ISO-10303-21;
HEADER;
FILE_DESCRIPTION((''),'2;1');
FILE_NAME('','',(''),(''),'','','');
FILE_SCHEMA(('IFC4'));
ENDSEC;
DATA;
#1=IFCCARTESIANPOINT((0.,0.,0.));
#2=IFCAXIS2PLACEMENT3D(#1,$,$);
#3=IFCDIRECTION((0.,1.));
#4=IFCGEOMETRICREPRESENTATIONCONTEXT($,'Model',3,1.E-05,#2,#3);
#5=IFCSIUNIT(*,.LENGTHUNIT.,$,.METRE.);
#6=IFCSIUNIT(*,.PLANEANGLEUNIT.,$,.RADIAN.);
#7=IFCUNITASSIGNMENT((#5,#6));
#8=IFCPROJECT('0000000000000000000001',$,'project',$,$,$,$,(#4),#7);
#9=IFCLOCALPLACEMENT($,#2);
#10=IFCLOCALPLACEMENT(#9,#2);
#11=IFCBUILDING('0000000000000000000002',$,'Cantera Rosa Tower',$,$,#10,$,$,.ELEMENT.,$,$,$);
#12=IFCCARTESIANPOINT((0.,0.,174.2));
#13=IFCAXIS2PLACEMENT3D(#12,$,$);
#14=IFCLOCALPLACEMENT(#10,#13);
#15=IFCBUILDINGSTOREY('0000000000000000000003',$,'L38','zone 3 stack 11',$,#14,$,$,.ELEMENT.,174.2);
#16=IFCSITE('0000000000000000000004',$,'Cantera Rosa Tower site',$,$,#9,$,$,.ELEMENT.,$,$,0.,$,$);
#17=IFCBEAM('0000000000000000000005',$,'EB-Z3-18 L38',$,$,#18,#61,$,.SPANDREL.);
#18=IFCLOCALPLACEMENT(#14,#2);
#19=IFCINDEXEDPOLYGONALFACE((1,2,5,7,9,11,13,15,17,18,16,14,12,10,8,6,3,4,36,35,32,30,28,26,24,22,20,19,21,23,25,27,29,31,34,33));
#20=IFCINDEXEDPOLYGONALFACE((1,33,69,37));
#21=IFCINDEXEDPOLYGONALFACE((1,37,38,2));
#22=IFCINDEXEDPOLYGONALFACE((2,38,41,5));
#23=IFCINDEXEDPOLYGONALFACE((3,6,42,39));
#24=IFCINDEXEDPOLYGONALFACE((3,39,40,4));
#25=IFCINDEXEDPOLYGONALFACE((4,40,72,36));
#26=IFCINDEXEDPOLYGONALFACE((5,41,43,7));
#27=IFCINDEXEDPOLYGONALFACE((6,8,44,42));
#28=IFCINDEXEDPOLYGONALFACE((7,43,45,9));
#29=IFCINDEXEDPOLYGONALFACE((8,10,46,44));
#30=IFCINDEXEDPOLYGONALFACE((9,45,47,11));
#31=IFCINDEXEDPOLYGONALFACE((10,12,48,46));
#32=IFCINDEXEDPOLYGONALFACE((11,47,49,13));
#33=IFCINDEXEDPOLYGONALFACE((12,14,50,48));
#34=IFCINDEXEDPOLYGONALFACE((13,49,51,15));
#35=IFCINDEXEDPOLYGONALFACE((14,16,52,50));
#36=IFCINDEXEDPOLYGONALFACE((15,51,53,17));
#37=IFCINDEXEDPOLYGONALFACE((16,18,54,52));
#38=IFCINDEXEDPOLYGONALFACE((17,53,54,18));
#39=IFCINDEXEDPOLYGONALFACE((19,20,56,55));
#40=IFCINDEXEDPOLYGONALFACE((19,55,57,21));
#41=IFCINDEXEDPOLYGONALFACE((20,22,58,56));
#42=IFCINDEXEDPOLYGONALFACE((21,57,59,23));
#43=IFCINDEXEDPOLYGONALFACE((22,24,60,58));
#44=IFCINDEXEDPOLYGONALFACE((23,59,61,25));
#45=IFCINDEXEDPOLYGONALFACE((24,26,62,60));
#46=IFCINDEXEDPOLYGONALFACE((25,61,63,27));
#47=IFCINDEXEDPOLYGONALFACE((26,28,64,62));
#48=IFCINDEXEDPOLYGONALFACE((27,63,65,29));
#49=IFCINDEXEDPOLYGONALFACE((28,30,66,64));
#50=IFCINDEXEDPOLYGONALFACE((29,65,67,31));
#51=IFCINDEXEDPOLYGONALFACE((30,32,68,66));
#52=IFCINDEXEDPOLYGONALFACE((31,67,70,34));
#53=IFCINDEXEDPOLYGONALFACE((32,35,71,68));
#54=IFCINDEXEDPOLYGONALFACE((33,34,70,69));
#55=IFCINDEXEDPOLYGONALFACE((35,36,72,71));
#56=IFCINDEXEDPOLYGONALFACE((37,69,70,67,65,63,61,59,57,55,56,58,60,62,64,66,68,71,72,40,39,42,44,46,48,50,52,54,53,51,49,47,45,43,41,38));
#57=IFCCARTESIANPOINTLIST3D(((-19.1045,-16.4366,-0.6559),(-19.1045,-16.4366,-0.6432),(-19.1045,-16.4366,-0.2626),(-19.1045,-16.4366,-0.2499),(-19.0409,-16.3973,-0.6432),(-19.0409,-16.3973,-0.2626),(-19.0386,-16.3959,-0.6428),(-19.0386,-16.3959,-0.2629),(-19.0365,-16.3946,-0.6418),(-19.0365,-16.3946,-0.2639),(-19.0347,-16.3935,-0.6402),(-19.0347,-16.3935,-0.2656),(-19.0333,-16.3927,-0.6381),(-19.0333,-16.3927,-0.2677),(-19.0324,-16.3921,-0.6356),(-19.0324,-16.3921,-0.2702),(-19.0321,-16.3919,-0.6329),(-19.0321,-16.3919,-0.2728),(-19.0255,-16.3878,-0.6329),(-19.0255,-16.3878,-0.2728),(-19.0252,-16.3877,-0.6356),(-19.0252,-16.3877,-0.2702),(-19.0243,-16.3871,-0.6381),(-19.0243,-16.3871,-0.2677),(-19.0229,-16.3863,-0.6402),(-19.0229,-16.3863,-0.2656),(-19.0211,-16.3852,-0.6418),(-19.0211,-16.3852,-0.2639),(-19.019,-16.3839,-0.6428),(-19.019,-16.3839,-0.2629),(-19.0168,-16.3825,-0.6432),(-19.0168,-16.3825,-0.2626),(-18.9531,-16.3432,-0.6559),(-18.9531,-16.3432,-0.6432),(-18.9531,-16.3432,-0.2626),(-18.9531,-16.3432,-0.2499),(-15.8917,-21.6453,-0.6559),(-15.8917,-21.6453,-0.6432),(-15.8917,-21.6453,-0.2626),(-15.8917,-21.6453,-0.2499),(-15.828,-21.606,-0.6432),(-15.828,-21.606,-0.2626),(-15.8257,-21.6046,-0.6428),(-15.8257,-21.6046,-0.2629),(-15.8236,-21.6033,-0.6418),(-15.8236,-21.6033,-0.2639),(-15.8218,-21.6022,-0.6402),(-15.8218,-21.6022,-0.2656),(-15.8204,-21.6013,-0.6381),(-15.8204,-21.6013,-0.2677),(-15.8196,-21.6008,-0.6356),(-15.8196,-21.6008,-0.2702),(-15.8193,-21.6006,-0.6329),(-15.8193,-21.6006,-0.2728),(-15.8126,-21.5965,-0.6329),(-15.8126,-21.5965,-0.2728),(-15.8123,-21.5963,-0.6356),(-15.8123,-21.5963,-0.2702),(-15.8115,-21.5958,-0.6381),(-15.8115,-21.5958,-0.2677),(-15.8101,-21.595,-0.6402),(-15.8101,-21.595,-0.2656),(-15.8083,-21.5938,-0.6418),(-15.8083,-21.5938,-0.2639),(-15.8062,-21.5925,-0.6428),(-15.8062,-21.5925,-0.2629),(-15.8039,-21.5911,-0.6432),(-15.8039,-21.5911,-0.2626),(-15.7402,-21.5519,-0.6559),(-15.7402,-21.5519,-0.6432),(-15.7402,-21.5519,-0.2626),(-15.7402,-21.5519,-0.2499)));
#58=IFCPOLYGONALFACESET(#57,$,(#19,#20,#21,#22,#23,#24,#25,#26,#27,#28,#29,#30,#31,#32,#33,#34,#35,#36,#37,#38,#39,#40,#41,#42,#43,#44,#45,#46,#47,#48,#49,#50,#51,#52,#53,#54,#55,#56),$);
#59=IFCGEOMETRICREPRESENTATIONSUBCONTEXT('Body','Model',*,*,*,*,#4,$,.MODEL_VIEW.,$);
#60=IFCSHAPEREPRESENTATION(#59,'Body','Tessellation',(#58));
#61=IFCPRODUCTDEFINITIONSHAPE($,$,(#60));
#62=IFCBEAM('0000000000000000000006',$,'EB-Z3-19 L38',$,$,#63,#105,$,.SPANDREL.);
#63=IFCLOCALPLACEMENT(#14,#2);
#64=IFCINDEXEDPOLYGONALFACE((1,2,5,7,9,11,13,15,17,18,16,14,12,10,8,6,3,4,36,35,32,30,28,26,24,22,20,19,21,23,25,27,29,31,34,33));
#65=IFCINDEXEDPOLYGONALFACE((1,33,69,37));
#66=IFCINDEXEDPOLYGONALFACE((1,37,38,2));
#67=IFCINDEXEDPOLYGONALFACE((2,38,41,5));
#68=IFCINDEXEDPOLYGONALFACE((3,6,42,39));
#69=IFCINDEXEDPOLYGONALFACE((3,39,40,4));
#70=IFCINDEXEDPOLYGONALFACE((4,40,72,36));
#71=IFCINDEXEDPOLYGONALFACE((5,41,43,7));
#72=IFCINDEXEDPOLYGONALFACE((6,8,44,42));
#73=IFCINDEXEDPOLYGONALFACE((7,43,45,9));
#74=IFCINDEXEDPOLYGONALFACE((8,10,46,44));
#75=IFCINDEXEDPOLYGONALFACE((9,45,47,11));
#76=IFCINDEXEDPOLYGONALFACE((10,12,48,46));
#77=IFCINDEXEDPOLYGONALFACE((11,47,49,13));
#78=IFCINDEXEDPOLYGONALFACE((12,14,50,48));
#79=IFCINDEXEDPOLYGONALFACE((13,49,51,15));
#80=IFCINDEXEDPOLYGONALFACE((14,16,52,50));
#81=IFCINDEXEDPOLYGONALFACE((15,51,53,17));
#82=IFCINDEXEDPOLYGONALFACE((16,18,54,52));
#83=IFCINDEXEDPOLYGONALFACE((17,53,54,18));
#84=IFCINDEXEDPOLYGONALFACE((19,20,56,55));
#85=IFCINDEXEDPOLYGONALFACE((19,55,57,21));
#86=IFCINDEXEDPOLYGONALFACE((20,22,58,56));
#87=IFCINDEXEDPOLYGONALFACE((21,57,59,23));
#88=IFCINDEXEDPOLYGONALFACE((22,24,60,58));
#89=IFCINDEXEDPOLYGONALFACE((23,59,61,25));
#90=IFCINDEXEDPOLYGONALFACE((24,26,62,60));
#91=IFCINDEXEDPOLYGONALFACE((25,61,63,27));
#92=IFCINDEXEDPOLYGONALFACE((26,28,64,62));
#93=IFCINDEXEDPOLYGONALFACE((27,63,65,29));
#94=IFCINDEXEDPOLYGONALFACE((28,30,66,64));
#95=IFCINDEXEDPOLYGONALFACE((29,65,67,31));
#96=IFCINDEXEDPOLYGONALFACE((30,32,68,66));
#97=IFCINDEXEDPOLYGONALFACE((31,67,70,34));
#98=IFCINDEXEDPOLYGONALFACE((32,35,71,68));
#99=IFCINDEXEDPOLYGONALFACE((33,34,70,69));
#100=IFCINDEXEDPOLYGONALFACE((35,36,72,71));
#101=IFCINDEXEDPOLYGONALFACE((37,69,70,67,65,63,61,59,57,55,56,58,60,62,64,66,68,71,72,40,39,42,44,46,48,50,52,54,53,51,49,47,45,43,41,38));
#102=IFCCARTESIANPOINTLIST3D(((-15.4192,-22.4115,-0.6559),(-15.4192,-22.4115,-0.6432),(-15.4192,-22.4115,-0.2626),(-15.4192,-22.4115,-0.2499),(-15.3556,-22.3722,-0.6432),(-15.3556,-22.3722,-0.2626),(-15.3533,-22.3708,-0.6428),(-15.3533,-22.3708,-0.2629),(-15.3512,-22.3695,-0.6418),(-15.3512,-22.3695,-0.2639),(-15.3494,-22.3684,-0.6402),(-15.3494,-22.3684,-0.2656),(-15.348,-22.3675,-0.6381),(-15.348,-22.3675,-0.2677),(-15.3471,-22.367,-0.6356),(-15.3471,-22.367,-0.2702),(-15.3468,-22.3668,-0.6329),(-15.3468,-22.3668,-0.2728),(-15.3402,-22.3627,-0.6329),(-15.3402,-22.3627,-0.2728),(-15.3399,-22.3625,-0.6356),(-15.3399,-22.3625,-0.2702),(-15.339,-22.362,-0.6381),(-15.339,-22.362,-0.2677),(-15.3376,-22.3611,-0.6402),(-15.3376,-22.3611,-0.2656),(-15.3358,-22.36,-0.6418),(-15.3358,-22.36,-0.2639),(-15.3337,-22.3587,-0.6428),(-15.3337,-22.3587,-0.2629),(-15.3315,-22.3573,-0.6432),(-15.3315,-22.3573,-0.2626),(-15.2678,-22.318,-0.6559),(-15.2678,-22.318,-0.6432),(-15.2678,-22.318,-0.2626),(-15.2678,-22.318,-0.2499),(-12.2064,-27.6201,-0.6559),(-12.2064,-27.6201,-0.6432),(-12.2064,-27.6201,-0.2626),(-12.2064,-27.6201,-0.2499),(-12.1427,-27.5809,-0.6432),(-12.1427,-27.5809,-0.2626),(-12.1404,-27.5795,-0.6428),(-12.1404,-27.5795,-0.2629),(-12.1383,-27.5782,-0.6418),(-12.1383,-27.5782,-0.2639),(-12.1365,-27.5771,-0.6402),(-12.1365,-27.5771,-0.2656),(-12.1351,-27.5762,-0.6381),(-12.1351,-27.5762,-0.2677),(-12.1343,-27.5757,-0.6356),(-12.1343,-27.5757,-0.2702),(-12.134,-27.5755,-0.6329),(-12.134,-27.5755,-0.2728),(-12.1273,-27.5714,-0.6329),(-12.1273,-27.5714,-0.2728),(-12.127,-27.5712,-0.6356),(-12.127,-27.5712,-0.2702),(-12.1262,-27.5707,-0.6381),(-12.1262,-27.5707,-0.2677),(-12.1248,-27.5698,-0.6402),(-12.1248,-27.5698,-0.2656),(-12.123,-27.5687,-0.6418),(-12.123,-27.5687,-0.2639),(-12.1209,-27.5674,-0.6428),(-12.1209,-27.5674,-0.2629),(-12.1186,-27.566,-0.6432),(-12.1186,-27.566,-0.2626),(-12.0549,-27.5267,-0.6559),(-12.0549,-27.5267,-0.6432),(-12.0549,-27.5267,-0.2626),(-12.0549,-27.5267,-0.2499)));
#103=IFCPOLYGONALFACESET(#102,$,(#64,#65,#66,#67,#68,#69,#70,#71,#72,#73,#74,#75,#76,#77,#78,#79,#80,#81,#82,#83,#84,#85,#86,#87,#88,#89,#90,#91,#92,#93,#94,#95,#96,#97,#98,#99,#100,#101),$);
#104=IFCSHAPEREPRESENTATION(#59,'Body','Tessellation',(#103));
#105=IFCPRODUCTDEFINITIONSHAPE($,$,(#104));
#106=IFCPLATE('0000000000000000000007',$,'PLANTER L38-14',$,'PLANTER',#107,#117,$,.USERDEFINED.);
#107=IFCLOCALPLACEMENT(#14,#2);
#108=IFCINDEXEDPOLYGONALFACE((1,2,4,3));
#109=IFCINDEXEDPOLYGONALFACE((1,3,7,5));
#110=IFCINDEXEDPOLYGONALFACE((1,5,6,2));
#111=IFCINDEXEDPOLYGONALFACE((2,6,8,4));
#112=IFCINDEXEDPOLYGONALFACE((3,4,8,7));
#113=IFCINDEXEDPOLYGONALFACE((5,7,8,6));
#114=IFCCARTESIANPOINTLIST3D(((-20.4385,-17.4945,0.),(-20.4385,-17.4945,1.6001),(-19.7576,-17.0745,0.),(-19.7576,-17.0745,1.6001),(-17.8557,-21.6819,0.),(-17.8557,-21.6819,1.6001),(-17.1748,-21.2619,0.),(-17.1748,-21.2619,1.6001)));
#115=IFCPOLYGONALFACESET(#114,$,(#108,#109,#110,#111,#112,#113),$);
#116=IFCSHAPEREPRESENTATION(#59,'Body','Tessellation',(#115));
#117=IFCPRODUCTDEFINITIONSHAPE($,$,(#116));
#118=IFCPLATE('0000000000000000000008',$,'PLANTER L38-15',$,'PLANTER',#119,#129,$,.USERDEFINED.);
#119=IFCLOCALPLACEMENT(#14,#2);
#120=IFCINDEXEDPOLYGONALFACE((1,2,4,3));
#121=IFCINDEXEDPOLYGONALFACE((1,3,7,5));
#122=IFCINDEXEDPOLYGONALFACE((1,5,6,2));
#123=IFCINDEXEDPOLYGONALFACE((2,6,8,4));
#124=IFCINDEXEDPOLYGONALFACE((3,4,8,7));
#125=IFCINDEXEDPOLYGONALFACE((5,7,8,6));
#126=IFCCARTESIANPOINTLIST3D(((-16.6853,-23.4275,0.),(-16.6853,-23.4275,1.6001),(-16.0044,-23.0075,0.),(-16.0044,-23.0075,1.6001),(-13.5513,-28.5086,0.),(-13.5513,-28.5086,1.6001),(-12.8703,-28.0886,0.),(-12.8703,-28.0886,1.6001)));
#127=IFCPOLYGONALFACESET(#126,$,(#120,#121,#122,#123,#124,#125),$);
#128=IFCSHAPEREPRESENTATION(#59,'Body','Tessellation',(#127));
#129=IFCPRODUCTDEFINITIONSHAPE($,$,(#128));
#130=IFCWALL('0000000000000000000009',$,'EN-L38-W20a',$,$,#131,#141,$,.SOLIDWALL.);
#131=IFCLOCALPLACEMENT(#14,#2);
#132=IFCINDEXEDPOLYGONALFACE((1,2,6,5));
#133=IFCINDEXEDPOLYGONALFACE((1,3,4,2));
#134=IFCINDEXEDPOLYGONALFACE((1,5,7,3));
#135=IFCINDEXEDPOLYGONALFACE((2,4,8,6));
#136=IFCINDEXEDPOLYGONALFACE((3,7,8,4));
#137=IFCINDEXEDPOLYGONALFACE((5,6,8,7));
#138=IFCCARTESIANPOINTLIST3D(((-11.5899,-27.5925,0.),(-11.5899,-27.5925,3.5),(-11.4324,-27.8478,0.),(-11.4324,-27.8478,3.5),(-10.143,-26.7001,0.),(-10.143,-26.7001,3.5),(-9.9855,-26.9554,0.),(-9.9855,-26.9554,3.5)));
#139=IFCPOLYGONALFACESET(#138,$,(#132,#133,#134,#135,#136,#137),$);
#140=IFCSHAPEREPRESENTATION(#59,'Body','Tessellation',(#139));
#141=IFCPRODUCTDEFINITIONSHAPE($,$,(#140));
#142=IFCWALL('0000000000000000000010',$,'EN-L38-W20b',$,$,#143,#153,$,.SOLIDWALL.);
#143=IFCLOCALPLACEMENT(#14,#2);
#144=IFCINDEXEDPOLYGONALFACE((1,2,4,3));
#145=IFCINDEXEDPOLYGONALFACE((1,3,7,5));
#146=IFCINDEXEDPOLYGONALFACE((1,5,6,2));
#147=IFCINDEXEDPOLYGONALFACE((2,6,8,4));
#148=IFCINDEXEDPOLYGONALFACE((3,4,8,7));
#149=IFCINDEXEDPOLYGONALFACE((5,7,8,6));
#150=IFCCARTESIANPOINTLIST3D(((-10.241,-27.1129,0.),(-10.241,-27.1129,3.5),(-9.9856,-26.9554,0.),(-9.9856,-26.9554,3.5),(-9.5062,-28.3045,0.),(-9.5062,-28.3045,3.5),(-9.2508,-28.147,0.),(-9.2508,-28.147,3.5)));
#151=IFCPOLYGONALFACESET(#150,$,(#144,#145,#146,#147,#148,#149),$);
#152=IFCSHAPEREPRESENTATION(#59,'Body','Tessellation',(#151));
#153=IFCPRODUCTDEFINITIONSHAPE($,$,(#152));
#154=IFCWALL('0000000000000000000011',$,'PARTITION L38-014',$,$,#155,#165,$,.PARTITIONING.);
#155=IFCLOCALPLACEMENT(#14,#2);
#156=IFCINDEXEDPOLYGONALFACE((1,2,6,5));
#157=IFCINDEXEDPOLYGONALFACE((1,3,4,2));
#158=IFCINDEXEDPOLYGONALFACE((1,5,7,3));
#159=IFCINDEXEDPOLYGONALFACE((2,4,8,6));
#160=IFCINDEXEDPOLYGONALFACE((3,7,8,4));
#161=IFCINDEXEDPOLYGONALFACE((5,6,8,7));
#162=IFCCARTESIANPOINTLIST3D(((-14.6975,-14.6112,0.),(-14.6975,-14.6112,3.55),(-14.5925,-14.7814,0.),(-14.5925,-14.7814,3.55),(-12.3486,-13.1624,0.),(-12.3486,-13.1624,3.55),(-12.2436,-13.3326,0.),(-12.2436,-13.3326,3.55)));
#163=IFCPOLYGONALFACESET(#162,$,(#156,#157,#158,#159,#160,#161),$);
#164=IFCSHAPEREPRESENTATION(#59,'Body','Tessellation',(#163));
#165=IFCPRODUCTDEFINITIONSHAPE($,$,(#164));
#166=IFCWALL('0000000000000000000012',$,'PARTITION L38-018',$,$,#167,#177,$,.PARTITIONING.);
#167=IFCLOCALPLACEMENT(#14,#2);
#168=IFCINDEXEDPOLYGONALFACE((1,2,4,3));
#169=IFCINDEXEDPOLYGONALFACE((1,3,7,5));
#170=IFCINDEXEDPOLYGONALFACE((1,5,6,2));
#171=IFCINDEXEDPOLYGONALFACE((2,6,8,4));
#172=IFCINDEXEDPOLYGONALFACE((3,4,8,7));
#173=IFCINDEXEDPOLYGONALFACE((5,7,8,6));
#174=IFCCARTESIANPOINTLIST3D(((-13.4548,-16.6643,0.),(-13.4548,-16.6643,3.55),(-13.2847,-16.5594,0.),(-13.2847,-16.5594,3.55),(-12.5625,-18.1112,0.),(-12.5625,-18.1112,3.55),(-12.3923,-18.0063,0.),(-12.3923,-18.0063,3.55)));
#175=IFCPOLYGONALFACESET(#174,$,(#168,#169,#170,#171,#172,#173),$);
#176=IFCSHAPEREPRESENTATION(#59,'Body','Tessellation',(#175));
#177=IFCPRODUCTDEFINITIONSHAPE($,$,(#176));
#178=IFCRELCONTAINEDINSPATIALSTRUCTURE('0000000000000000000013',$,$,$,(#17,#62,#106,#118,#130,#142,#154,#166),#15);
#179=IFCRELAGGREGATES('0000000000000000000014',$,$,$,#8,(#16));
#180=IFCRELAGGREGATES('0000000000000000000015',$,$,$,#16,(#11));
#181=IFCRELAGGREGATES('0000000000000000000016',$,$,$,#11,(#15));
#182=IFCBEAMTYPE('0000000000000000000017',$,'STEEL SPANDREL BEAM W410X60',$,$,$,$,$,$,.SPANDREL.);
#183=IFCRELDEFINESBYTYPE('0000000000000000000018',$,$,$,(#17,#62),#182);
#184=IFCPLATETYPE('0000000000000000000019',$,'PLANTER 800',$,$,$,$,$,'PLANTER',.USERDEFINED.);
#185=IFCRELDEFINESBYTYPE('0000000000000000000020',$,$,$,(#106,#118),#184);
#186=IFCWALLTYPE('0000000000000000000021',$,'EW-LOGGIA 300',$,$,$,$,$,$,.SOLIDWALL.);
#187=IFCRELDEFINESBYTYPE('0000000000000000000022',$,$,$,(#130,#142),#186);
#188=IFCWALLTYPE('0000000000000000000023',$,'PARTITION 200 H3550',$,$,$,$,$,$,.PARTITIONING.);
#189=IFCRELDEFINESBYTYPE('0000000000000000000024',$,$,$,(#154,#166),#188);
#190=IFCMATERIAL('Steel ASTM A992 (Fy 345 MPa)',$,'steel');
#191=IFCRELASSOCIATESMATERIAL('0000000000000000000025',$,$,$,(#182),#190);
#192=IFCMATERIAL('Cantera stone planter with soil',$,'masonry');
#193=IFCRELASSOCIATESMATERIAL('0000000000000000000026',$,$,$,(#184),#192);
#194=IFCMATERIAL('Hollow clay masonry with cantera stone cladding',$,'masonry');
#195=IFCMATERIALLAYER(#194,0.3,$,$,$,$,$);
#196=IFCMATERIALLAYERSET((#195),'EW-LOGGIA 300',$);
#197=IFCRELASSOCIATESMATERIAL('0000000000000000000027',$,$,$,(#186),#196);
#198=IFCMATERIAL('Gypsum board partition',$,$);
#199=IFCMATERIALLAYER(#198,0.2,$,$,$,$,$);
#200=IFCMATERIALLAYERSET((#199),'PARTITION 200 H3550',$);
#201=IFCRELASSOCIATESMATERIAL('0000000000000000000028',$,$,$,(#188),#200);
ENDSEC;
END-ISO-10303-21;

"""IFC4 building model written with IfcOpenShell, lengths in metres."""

from ifc_helpers import new_model, si_unit, direction, frame, frame_2d, origin, origin_2d, place, context, subcontext, project, spatial, rectangle, i_section, extrude, material, layer, layer_set, material_profile, profile_set, type_object, element, save


model = new_model("IFC4")

# Units and contexts
model_context = context("Model", 3, precision=1e-05, world=origin(), true_north=direction((0.0, 1.0)))
body_context = subcontext(model_context, "Body", "Model", "MODEL_VIEW")
ifc_project = project(units=[si_unit("LENGTHUNIT", "METRE"), si_unit("PLANEANGLEUNIT", "RADIAN")], contexts=[model_context])

# Site, building, storey
site_placement = place(None, origin())
site = spatial("IfcSite", under=ifc_project, at=site_placement, Name="Cantera Rosa Tower site", CompositionType="ELEMENT", RefElevation=0.0)
building_placement = place(site_placement, origin())
building = spatial("IfcBuilding", under=site, at=building_placement, Name="Cantera Rosa Tower", CompositionType="ELEMENT")
storey_placement = place(building_placement, frame((0.0, 0.0, 174.2)))
storey = spatial("IfcBuildingStorey", under=building, at=storey_placement, Name="L38", Description="zone 3 stack 11", CompositionType="ELEMENT", Elevation=174.2)

# Beams
ifc_material_1 = material(Name="Steel ASTM A992 (Fy 345 MPa)", Category="steel")
ifc_material_profile_1 = material_profile(ifc_material_1, i_section(OverallWidth=0.178, OverallDepth=0.406, WebThickness=0.0078, FlangeThickness=0.0127, FilletRadius=0.0103, at=origin_2d()), Name="W410X60")
ifc_profile_set_1 = profile_set([ifc_material_profile_1], Name="Steel ASTM A992 (Fy 345 MPa)")
beam_type_1 = type_object("IfcBeamType", Name="STEEL SPANDREL BEAM W410X60", PredefinedType="SPANDREL", material=ifc_profile_set_1)
for number, where, z_axis, x_axis, name in (
    (1, (-19.0288, -16.3899, -0.4529), (0.524987, -0.85111, 0.0), (0.85111, 0.524987, 0.0), "EB-Z3-18 L38"),
    (2, (-15.3435, -22.3647, -0.4529), (0.524987, -0.85111, 0.0), (0.85111, 0.524987, 0.0), "EB-Z3-19 L38"),
):
    element("IfcBeam", number, at=place(storey_placement, frame(where, z_axis=z_axis, x_axis=x_axis)), inside=storey, type_object=beam_type_1, Name=name, PredefinedType="SPANDREL", context=body_context, shape_type="SweptSolid", body=[
        extrude(i_section(OverallWidth=0.178, OverallDepth=0.406, WebThickness=0.0078, FlangeThickness=0.0127, FilletRadius=0.0103, at=origin_2d()), origin(), (0.0, 0.0, 1.0), 6.1199),
    ])

# Plates
ifc_material_2 = material(Name="Cantera stone planter with soil", Category="masonry")
plate_type = type_object("IfcPlateType", Name="PLANTER 800", ElementType="PLANTER", PredefinedType="USERDEFINED", material=ifc_material_2)
plate_1_placement = place(storey_placement, frame((-18.8066, -19.3782, 0.0), z_axis=(0.0, 0.0, 1.0), x_axis=(0.524977, -0.851117, 0.0)))
element("IfcPlate", 3, at=plate_1_placement, inside=storey, type_object=plate_type, Name="PLANTER L38-14", ObjectType="PLANTER", PredefinedType="USERDEFINED", context=body_context, shape_type="SweptSolid", body=[
    extrude(rectangle(XDim=4.9199, YDim=0.8, at=origin_2d()), origin(), (0.0, 0.0, 1.0), 1.6001),
])
plate_2_placement = place(storey_placement, frame((-14.7778, -25.7581, 0.0), z_axis=(0.0, 0.0, 1.0), x_axis=(0.524977, -0.851117, 0.0)))
element("IfcPlate", 4, at=plate_2_placement, inside=storey, type_object=plate_type, Name="PLANTER L38-15", ObjectType="PLANTER", PredefinedType="USERDEFINED", context=body_context, shape_type="SweptSolid", body=[
    extrude(rectangle(XDim=5.97, YDim=0.8, at=origin_2d()), origin(), (0.0, 0.0, 1.0), 1.6001),
])

# Walls
ifc_material_3 = material(Name="Hollow clay masonry with cantera stone cladding", Category="masonry")
ifc_layer_1 = layer(ifc_material_3, 0.3)
ifc_layer_set_1 = layer_set([ifc_layer_1], Name="EW-LOGGIA 300")
wall_type_1 = type_object("IfcWallType", Name="EW-LOGGIA 300", PredefinedType="SOLIDWALL", material=ifc_layer_set_1)
wall_1_placement = place(storey_placement, frame((-11.5112, -27.7202, 0.0), z_axis=(0.0, 0.0, 1.0), x_axis=(0.85113, 0.524955, 0.0)))
element("IfcWall", 5, at=wall_1_placement, inside=storey, type_object=wall_type_1, Name="EN-L38-W20a", PredefinedType="SOLIDWALL", context=body_context, shape_type="SweptSolid", body=[
    extrude(rectangle(XDim=1.7, YDim=0.3, at=frame_2d((0.8501, 0.0))), origin(), (0.0, 0.0, 1.0), 3.5),
])
wall_2_placement = place(storey_placement, frame((-10.1133, -27.0342, 0.0), z_axis=(0.0, 0.0, 1.0), x_axis=(0.524895, -0.851167, 0.0)))
element("IfcWall", 6, at=wall_2_placement, inside=storey, type_object=wall_type_1, Name="EN-L38-W20b", PredefinedType="SOLIDWALL", context=body_context, shape_type="SweptSolid", body=[
    extrude(rectangle(XDim=1.3999, YDim=0.3, at=frame_2d((0.7, 0.0))), origin(), (0.0, 0.0, 1.0), 3.5),
])

# Walls
ifc_material_4 = material(Name="Gypsum board partition")
ifc_layer_2 = layer(ifc_material_4, 0.2)
ifc_layer_set_2 = layer_set([ifc_layer_2], Name="PARTITION 200 H3550")
wall_type_2 = type_object("IfcWallType", Name="PARTITION 200 H3550", PredefinedType="PARTITIONING", material=ifc_layer_set_2)
wall_3_placement = place(storey_placement, frame((-14.645, -14.6963, 0.0), z_axis=(0.0, 0.0, 1.0), x_axis=(0.851129, 0.524956, 0.0)))
element("IfcWall", 7, at=wall_3_placement, inside=storey, type_object=wall_type_2, Name="PARTITION L38-014", PredefinedType="PARTITIONING", context=body_context, shape_type="SweptSolid", body=[
    extrude(rectangle(XDim=2.7598, YDim=0.2, at=frame_2d((1.3799, 0.0))), origin(), (0.0, 0.0, 1.0), 3.55),
])
wall_4_placement = place(storey_placement, frame((-12.4773, -18.0588, 0.0), z_axis=(0.0, 0.0, 1.0), x_axis=(-0.524955, 0.85113, 0.0)))
element("IfcWall", 8, at=wall_4_placement, inside=storey, type_object=wall_type_2, Name="PARTITION L38-018", PredefinedType="PARTITIONING", context=body_context, shape_type="SweptSolid", body=[
    extrude(rectangle(XDim=1.7, YDim=0.2, at=frame_2d((0.8501, 0.0))), origin(), (0.0, 0.0, 1.0), 3.55),
])

save(model, "model.ifc")
